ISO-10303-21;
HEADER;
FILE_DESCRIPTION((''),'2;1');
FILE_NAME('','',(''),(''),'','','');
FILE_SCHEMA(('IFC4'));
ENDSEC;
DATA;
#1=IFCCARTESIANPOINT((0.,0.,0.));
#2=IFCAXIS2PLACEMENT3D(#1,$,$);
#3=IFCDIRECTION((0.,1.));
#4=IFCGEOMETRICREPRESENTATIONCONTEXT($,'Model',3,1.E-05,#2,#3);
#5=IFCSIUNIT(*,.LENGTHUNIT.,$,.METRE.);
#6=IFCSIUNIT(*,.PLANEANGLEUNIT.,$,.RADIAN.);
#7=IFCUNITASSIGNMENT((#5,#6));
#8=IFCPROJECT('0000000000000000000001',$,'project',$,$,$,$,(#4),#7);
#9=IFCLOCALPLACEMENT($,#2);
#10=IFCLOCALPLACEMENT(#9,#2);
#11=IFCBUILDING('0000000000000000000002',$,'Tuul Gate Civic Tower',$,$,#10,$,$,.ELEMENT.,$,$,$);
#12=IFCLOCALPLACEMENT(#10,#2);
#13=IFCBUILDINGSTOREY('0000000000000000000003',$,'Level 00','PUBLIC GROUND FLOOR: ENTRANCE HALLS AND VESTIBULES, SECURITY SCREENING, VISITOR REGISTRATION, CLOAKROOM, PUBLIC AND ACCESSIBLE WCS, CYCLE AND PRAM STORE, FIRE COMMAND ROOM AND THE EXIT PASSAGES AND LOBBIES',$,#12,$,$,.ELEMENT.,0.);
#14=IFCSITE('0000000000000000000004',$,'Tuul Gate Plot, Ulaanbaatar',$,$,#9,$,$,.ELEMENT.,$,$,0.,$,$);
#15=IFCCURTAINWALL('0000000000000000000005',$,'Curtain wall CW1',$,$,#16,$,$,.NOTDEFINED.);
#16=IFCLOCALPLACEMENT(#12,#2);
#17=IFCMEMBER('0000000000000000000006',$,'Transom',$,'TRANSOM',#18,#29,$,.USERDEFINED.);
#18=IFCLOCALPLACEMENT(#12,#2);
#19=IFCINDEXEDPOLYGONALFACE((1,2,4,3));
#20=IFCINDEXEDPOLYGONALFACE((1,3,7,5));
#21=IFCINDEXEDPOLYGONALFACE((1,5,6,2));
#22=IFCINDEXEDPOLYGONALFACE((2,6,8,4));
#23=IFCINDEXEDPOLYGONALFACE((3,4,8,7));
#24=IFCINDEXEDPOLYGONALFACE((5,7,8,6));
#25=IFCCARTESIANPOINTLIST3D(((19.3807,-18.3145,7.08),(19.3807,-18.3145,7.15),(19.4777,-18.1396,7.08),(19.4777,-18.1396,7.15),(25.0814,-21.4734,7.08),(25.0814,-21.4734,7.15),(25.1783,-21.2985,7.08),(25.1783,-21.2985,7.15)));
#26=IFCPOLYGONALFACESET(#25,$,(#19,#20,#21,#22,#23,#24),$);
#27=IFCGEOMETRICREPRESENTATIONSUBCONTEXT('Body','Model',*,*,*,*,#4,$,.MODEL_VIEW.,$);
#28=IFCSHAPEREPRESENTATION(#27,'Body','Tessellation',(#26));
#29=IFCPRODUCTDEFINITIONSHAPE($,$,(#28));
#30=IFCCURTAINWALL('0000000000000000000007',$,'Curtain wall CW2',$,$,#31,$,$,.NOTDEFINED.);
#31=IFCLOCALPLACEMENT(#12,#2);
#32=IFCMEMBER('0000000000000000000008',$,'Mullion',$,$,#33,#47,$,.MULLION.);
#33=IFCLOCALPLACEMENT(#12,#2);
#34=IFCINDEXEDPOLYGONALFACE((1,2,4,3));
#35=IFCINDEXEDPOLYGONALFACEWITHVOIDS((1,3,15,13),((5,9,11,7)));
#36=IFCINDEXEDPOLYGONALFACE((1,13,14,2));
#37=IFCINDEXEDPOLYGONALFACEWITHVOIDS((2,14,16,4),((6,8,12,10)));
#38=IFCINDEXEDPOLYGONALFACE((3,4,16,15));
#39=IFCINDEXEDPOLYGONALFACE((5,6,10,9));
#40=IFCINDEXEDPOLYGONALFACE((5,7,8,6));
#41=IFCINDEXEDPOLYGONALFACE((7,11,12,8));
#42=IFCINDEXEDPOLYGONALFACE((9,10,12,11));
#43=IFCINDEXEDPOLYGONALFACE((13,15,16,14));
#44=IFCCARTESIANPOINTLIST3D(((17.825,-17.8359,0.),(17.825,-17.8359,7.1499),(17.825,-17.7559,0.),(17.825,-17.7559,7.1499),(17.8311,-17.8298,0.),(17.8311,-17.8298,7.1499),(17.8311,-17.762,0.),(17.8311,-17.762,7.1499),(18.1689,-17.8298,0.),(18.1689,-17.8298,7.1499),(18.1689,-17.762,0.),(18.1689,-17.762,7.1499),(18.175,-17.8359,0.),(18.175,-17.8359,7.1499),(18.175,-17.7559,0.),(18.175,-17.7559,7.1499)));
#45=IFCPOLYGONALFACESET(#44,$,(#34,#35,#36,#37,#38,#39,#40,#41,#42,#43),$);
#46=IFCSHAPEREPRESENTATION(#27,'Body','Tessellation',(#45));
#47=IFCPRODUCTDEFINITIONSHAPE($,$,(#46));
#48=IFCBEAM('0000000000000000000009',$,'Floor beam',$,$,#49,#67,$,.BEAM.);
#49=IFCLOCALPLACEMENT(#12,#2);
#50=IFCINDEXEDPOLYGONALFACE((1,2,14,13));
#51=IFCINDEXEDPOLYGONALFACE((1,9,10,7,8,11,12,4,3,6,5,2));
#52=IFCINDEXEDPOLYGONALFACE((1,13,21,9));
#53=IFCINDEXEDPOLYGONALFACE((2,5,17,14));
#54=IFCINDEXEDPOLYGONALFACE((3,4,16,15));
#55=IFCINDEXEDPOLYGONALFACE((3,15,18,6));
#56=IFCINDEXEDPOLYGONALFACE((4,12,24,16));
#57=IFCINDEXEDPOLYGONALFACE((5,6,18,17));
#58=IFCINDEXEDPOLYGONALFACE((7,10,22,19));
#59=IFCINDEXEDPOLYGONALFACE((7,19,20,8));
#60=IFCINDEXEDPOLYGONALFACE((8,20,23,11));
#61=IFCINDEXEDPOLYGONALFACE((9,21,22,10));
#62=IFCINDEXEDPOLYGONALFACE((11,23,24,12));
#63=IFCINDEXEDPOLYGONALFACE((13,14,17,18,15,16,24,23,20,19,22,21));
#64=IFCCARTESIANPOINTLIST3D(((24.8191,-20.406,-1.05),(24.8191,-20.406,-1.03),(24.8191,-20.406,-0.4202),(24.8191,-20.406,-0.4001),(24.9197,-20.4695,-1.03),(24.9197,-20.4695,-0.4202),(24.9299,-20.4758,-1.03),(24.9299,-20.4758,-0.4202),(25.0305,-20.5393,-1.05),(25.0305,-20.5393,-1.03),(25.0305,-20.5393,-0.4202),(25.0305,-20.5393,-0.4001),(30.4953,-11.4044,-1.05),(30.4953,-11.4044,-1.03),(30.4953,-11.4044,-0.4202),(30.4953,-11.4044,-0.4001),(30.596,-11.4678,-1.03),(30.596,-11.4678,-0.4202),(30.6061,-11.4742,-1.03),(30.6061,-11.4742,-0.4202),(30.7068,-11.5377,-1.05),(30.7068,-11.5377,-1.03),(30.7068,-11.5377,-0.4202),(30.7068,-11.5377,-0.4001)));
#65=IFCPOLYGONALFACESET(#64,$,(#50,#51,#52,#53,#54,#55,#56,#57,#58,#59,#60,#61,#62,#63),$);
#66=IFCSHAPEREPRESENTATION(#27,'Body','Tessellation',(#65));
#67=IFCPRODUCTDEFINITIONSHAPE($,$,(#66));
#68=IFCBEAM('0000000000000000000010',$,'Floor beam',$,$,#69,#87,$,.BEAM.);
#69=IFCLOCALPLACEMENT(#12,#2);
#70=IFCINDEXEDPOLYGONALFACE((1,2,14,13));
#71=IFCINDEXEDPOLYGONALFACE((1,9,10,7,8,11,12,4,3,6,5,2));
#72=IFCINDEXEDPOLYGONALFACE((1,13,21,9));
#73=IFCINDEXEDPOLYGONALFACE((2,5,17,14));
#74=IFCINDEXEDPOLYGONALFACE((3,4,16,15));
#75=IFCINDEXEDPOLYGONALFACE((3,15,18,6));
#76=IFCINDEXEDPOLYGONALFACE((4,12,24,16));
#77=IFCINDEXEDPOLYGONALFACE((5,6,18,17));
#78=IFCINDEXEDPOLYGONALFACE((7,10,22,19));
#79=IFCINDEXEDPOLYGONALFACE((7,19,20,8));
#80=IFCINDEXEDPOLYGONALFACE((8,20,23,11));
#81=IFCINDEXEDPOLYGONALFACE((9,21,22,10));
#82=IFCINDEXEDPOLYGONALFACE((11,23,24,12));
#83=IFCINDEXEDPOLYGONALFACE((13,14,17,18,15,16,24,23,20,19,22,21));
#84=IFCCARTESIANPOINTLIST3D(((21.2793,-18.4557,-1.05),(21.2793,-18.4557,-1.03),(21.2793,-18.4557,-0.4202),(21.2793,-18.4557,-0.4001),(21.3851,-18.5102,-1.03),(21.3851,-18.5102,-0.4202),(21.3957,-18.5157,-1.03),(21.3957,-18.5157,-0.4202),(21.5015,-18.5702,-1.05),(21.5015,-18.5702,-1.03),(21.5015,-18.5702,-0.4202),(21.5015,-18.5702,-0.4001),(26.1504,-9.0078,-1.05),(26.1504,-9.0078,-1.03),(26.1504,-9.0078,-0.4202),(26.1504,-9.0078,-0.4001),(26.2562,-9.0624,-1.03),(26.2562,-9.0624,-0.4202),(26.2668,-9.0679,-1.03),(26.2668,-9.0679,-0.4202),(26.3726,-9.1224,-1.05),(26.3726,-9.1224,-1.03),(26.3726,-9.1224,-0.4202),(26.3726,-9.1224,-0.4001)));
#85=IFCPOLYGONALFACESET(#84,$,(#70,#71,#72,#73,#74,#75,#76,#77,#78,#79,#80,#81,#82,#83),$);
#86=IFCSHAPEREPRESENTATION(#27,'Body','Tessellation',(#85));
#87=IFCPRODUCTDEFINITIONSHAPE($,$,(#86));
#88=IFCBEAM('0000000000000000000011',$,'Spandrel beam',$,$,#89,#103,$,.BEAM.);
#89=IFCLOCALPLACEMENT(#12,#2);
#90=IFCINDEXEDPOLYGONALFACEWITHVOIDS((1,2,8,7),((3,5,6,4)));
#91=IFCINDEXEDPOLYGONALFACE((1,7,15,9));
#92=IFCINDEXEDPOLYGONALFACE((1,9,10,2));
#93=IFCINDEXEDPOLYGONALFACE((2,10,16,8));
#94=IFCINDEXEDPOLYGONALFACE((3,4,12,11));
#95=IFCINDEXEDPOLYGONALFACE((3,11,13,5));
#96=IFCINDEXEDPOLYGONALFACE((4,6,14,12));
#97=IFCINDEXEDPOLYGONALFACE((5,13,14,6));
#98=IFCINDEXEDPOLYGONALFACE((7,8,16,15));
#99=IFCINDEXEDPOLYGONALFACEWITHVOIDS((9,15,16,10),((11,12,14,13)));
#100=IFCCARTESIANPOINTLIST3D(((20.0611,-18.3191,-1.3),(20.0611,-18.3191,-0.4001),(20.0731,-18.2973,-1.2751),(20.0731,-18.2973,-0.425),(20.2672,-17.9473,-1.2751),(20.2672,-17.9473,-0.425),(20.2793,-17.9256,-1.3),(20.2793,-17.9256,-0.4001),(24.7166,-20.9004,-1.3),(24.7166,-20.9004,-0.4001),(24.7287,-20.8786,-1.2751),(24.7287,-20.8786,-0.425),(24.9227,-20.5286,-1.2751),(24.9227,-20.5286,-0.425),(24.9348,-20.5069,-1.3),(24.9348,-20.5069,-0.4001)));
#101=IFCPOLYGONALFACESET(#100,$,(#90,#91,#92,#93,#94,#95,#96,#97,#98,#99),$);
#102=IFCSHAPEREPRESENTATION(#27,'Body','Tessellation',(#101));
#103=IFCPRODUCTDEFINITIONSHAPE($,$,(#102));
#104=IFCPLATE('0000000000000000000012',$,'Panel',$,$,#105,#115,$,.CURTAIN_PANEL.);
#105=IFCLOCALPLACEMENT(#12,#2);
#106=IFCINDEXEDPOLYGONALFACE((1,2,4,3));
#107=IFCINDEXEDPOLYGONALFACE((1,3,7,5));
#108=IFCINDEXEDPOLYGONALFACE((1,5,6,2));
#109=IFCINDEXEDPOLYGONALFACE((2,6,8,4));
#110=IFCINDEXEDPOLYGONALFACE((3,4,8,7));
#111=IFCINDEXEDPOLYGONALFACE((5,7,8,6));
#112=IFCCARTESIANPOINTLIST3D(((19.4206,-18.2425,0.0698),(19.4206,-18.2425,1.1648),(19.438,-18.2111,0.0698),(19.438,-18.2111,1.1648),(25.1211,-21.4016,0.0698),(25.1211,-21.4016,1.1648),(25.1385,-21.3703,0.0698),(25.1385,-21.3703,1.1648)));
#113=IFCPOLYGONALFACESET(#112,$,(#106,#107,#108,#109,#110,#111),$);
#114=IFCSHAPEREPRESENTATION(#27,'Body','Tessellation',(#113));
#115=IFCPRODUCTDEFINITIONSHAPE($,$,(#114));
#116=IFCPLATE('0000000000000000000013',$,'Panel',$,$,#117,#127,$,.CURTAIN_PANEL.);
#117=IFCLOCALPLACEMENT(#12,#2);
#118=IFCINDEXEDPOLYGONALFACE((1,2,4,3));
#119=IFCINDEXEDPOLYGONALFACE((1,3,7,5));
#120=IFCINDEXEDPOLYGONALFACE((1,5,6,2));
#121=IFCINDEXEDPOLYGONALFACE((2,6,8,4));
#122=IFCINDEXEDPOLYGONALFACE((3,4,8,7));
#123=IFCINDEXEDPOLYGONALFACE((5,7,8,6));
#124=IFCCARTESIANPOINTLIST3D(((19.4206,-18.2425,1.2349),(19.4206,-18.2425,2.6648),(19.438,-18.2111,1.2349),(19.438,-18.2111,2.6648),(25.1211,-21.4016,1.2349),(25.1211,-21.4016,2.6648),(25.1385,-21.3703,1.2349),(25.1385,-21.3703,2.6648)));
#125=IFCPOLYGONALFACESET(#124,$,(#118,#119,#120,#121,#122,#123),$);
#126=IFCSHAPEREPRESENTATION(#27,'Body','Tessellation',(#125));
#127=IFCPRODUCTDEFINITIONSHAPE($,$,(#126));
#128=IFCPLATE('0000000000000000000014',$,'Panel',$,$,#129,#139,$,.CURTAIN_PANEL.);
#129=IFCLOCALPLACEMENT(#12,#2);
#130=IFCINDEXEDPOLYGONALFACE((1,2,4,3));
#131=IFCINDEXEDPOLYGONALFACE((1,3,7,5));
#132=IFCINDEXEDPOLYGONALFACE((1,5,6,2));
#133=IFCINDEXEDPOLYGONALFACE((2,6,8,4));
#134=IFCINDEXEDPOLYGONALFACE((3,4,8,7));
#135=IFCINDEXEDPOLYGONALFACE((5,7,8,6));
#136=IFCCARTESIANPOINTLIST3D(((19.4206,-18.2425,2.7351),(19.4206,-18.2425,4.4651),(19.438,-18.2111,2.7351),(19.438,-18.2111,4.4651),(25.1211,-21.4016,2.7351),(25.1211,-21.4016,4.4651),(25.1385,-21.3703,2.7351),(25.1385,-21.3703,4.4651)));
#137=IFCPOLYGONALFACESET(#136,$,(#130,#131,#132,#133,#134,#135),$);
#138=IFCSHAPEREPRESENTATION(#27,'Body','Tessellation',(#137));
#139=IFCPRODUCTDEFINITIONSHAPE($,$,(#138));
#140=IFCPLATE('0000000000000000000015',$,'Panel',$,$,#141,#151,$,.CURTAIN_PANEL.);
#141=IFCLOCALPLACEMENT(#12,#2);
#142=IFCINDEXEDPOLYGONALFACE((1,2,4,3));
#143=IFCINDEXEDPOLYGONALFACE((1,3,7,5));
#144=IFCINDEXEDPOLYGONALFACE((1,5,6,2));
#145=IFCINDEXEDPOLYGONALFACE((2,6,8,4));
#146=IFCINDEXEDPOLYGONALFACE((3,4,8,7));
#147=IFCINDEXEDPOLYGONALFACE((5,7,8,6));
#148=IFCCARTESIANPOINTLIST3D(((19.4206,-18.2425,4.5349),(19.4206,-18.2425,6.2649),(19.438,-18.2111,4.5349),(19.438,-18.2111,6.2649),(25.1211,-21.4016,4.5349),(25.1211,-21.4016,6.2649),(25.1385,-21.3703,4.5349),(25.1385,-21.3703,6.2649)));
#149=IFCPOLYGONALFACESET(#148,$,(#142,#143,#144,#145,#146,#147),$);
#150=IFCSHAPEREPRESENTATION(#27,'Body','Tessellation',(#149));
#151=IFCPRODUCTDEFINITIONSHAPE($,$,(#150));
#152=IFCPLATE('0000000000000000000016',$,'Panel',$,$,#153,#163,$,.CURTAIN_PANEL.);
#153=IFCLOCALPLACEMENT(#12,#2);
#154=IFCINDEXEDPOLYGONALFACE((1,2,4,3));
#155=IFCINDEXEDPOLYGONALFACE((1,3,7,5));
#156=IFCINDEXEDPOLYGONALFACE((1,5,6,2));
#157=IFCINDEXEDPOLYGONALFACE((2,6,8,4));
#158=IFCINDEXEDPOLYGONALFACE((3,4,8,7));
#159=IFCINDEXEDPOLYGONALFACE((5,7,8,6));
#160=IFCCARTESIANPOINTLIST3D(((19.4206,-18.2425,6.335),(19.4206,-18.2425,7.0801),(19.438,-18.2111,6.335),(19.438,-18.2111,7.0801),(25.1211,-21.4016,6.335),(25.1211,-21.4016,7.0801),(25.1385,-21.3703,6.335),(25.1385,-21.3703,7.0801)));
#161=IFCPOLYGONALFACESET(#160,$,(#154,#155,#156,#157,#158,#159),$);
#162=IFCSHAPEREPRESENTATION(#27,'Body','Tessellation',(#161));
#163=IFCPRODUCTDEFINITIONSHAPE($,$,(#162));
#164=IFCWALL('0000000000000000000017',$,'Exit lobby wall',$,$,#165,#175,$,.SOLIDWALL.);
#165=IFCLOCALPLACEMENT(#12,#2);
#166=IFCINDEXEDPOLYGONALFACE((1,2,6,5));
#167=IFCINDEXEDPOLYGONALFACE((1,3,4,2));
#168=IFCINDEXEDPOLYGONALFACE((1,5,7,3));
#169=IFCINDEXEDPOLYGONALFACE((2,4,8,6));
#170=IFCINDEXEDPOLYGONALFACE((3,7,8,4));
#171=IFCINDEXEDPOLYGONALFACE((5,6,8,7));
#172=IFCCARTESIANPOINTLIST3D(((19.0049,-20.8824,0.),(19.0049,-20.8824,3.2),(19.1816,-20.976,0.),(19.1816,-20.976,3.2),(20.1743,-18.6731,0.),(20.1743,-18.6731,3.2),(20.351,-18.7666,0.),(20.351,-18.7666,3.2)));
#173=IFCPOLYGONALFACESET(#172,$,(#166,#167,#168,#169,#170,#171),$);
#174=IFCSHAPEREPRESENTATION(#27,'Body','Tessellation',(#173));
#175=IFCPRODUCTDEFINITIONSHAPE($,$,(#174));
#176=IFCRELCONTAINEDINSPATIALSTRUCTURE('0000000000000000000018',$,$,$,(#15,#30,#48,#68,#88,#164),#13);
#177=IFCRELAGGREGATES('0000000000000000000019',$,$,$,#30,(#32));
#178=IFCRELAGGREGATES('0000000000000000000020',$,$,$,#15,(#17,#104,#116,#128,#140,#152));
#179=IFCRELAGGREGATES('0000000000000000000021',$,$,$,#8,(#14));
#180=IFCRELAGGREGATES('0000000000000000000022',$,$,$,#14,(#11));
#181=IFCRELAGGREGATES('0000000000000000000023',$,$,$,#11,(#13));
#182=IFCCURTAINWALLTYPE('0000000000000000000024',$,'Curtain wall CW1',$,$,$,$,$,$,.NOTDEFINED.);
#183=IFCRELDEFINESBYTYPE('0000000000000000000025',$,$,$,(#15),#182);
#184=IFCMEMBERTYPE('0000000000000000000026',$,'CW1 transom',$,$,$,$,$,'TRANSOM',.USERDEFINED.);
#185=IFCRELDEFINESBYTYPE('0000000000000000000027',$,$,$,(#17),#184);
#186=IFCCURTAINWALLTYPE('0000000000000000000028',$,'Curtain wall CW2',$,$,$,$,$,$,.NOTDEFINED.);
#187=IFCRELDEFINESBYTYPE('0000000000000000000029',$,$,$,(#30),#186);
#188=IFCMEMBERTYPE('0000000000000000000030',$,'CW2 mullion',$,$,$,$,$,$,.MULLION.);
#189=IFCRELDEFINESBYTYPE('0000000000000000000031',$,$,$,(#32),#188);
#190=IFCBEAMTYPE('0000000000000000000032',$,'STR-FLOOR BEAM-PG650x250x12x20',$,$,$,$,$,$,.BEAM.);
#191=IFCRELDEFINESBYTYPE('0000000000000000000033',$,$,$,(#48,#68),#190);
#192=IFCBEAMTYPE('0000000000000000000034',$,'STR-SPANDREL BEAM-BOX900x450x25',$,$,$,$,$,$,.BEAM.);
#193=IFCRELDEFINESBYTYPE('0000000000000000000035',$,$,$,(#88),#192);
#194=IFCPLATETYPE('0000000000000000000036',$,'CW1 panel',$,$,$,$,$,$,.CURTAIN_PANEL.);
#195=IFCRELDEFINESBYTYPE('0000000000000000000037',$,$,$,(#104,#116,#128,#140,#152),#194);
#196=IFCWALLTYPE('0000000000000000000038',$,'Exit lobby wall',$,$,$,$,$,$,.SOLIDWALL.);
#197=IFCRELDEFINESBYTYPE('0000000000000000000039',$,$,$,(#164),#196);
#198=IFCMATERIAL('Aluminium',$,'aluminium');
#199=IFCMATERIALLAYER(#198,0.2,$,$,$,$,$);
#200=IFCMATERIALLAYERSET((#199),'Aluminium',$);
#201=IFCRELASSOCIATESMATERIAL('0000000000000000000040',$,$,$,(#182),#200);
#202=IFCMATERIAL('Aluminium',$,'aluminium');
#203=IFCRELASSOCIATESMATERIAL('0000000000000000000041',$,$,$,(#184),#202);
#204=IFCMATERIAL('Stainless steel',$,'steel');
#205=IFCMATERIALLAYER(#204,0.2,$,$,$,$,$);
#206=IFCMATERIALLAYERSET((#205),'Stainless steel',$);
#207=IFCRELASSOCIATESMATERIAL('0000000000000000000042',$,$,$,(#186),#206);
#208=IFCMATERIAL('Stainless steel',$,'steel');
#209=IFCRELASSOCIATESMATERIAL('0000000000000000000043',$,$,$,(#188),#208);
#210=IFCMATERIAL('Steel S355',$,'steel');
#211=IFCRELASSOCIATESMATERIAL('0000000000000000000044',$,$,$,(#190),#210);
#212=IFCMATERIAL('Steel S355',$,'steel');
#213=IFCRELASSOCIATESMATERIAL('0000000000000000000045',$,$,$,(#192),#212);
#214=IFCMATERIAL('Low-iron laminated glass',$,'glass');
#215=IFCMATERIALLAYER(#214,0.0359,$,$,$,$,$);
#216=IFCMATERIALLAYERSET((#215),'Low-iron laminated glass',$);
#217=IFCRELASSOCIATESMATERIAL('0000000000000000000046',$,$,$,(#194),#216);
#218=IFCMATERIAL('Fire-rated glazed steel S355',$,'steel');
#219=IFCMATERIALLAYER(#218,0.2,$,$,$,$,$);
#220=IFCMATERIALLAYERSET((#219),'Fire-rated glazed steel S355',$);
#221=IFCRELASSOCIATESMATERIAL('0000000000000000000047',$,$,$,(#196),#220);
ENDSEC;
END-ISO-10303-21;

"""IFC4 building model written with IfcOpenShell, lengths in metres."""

from ifc_helpers import new_model, si_unit, direction, frame, frame_2d, origin, origin_2d, place, context, subcontext, project, spatial, rectangle, hollow_rectangle, i_section, extrude, material, layer, layer_set, material_profile, profile_set, type_object, element, aggregate, save


model = new_model("IFC4")

# Units and contexts
model_context = context("Model", 3, precision=1e-05, world=origin(), true_north=direction((0.0, 1.0)))
body_context = subcontext(model_context, "Body", "Model", "MODEL_VIEW")
ifc_project = project(units=[si_unit("LENGTHUNIT", "METRE"), si_unit("PLANEANGLEUNIT", "RADIAN")], contexts=[model_context])

# Site, building, storey
site_placement = place(None, origin())
site = spatial("IfcSite", under=ifc_project, at=site_placement, Name="Tuul Gate Plot, Ulaanbaatar", CompositionType="ELEMENT", RefElevation=0.0)
building_placement = place(site_placement, origin())
building = spatial("IfcBuilding", under=site, at=building_placement, Name="Tuul Gate Civic Tower", CompositionType="ELEMENT")
storey_placement = place(building_placement, origin())
storey = spatial("IfcBuildingStorey", under=building, at=storey_placement, Name="Level 00", Description="PUBLIC GROUND FLOOR: ENTRANCE HALLS AND VESTIBULES, SECURITY SCREENING, VISITOR REGISTRATION, CLOAKROOM, PUBLIC AND ACCESSIBLE WCS, CYCLE AND PRAM STORE, FIRE COMMAND ROOM AND THE EXIT PASSAGES AND LOBBIES", CompositionType="ELEMENT", Elevation=0.0)

# Curtain wall, member
ifc_material_1 = material(Name="Aluminium", Category="aluminium")
ifc_layer_1 = layer(ifc_material_1, 0.2)
ifc_layer_set_1 = layer_set([ifc_layer_1], Name="Aluminium")
curtain_wall_type_1 = type_object("IfcCurtainWallType", Name="Curtain wall CW1", PredefinedType="NOTDEFINED", material=ifc_layer_set_1)
curtain_wall_1_placement = place(storey_placement, origin())
curtain_wall_1 = element("IfcCurtainWall", 1, at=curtain_wall_1_placement, inside=storey, type_object=curtain_wall_type_1, Name="Curtain wall CW1", PredefinedType="NOTDEFINED")
ifc_material_2 = material(Name="Aluminium", Category="aluminium")
ifc_material_profile_1 = material_profile(ifc_material_2, rectangle(XDim=0.2, YDim=0.0701, at=origin_2d()), Name="CW1 transom")
ifc_profile_set_1 = profile_set([ifc_material_profile_1], Name="Aluminium")
member_type_1 = type_object("IfcMemberType", Name="CW1 transom", ElementType="TRANSOM", PredefinedType="USERDEFINED", material=ifc_profile_set_1)
member_1_placement = place(storey_placement, frame((19.4292, -18.2271, 7.115), z_axis=(0.874685, -0.484692, 0.0), x_axis=(0.484692, 0.874685, 0.0)))
member_1 = element("IfcMember", 2, at=member_1_placement, type_object=member_type_1, Name="Transom", ObjectType="TRANSOM", PredefinedType="USERDEFINED", context=body_context, shape_type="SweptSolid", body=[
    extrude(rectangle(XDim=0.2, YDim=0.0701, at=origin_2d()), origin(), (0.0, 0.0, 1.0), 6.5173),
])

# Curtain wall, member
ifc_material_3 = material(Name="Stainless steel", Category="steel")
ifc_layer_2 = layer(ifc_material_3, 0.2)
ifc_layer_set_2 = layer_set([ifc_layer_2], Name="Stainless steel")
curtain_wall_type_2 = type_object("IfcCurtainWallType", Name="Curtain wall CW2", PredefinedType="NOTDEFINED", material=ifc_layer_set_2)
curtain_wall_2_placement = place(storey_placement, origin())
curtain_wall_2 = element("IfcCurtainWall", 3, at=curtain_wall_2_placement, inside=storey, type_object=curtain_wall_type_2, Name="Curtain wall CW2", PredefinedType="NOTDEFINED")
ifc_material_4 = material(Name="Stainless steel", Category="steel")
ifc_material_profile_2 = material_profile(ifc_material_4, hollow_rectangle(XDim=0.3501, YDim=0.0801, WallThickness=0.0061, at=origin_2d()), Name="CW2 mullion")
ifc_profile_set_2 = profile_set([ifc_material_profile_2], Name="Stainless steel")
member_type_2 = type_object("IfcMemberType", Name="CW2 mullion", PredefinedType="MULLION", material=ifc_profile_set_2)
member_2_placement = place(storey_placement, frame((18.0, -17.7959, 0.0), z_axis=(0.0, 0.0, 1.0), x_axis=(-1.0, 0.0, 0.0)))
member_2 = element("IfcMember", 4, at=member_2_placement, type_object=member_type_2, Name="Mullion", PredefinedType="MULLION", context=body_context, shape_type="SweptSolid", body=[
    extrude(hollow_rectangle(XDim=0.3501, YDim=0.0801, WallThickness=0.0061, at=origin_2d()), origin(), (0.0, 0.0, 1.0), 7.1499),
])
aggregate(curtain_wall_2, [member_2])

# Beams
ifc_material_5 = material(Name="Steel S355", Category="steel")
ifc_material_profile_3 = material_profile(ifc_material_5, i_section(OverallWidth=0.25, OverallDepth=0.6499, WebThickness=0.012, FlangeThickness=0.02, at=origin_2d()), Name="PG650x250x12x20")
ifc_profile_set_3 = profile_set([ifc_material_profile_3], Name="Steel S355")
beam_type_1 = type_object("IfcBeamType", Name="STR-FLOOR BEAM-PG650x250x12x20", PredefinedType="BEAM", material=ifc_profile_set_3)
beam_1_placement = place(storey_placement, frame((24.9248, -20.4727, -0.7251), z_axis=(0.533387, 0.845871, 0.0), x_axis=(-0.845871, 0.533387, 0.0)))
element("IfcBeam", 5, at=beam_1_placement, inside=storey, type_object=beam_type_1, Name="Floor beam", PredefinedType="BEAM", context=body_context, shape_type="SweptSolid", body=[
    extrude(i_section(OverallWidth=0.25, OverallDepth=0.6499, WebThickness=0.012, FlangeThickness=0.02, at=origin_2d()), origin(), (0.0, 0.0, 1.0), 10.6418),
])
beam_2_placement = place(storey_placement, frame((21.3904, -18.5129, -0.7251), z_axis=(0.458259, 0.888819, 0.0), x_axis=(-0.888819, 0.458259, 0.0)))
element("IfcBeam", 6, at=beam_2_placement, inside=storey, type_object=beam_type_1, Name="Floor beam", PredefinedType="BEAM", context=body_context, shape_type="SweptSolid", body=[
    extrude(i_section(OverallWidth=0.25, OverallDepth=0.6499, WebThickness=0.012, FlangeThickness=0.02, at=origin_2d()), origin(), (0.0, 0.0, 1.0), 10.6296),
])
ifc_material_6 = material(Name="Steel S355", Category="steel")
ifc_material_profile_4 = material_profile(ifc_material_6, hollow_rectangle(XDim=0.45, YDim=0.8999, WallThickness=0.0249, at=origin_2d()), Name="BOX900x450x25")
ifc_profile_set_4 = profile_set([ifc_material_profile_4], Name="Steel S355")
beam_type_2 = type_object("IfcBeamType", Name="STR-SPANDREL BEAM-BOX900x450x25", PredefinedType="BEAM", material=ifc_profile_set_4)
beam_3_placement = place(storey_placement, frame((20.1702, -18.1223, -0.8501), z_axis=(0.874564, -0.484911, 0.0), x_axis=(0.484911, 0.874564, 0.0)))
element("IfcBeam", 7, at=beam_3_placement, inside=storey, type_object=beam_type_2, Name="Spandrel beam", PredefinedType="BEAM", context=body_context, shape_type="SweptSolid", body=[
    extrude(hollow_rectangle(XDim=0.45, YDim=0.8999, WallThickness=0.0249, at=origin_2d()), origin(), (0.0, 0.0, 1.0), 5.3232),
])

# Plates
ifc_material_7 = material(Name="Low-iron laminated glass", Category="glass")
ifc_layer_3 = layer(ifc_material_7, 0.0359)
ifc_layer_set_3 = layer_set([ifc_layer_3], Name="Low-iron laminated glass")
plate_type = type_object("IfcPlateType", Name="CW1 panel", PredefinedType="CURTAIN_PANEL", material=ifc_layer_set_3)
plate_1_placement = place(storey_placement, frame((22.2795, -19.8064, 0.0698), z_axis=(0.0, 0.0, 1.0), x_axis=(0.874667, -0.484724, 0.0)))
plate_1 = element("IfcPlate", 8, at=plate_1_placement, type_object=plate_type, Name="Panel", PredefinedType="CURTAIN_PANEL", context=body_context, shape_type="SweptSolid", body=[
    extrude(rectangle(XDim=6.5173, YDim=0.0359, at=origin_2d()), origin(), (0.0, 0.0, 1.0), 1.095),
])
plate_2_placement = place(storey_placement, frame((22.2795, -19.8064, 1.2349), z_axis=(0.0, 0.0, 1.0), x_axis=(0.874667, -0.484724, 0.0)))
plate_2 = element("IfcPlate", 9, at=plate_2_placement, type_object=plate_type, Name="Panel", PredefinedType="CURTAIN_PANEL", context=body_context, shape_type="SweptSolid", body=[
    extrude(rectangle(XDim=6.5173, YDim=0.0359, at=origin_2d()), origin(), (0.0, 0.0, 1.0), 1.4299),
])
plate_3_placement = place(storey_placement, frame((22.2795, -19.8064, 2.7351), z_axis=(0.0, 0.0, 1.0), x_axis=(0.874667, -0.484724, 0.0)))
plate_3 = element("IfcPlate", 10, at=plate_3_placement, type_object=plate_type, Name="Panel", PredefinedType="CURTAIN_PANEL", context=body_context, shape_type="SweptSolid", body=[
    extrude(rectangle(XDim=6.5173, YDim=0.0359, at=origin_2d()), origin(), (0.0, 0.0, 1.0), 1.73),
])
plate_4_placement = place(storey_placement, frame((22.2795, -19.8064, 4.5349), z_axis=(0.0, 0.0, 1.0), x_axis=(0.874667, -0.484724, 0.0)))
plate_4 = element("IfcPlate", 11, at=plate_4_placement, type_object=plate_type, Name="Panel", PredefinedType="CURTAIN_PANEL", context=body_context, shape_type="SweptSolid", body=[
    extrude(rectangle(XDim=6.5173, YDim=0.0359, at=origin_2d()), origin(), (0.0, 0.0, 1.0), 1.73),
])
plate_5_placement = place(storey_placement, frame((22.2795, -19.8064, 6.335), z_axis=(0.0, 0.0, 1.0), x_axis=(0.874667, -0.484724, 0.0)))
plate_5 = element("IfcPlate", 12, at=plate_5_placement, type_object=plate_type, Name="Panel", PredefinedType="CURTAIN_PANEL", context=body_context, shape_type="SweptSolid", body=[
    extrude(rectangle(XDim=6.5173, YDim=0.0359, at=origin_2d()), origin(), (0.0, 0.0, 1.0), 0.7451),
])
aggregate(curtain_wall_1, [member_1, plate_1, plate_2, plate_3, plate_4, plate_5])

# Wall
ifc_material_8 = material(Name="Fire-rated glazed steel S355", Category="steel")
ifc_layer_4 = layer(ifc_material_8, 0.2)
ifc_layer_set_4 = layer_set([ifc_layer_4], Name="Fire-rated glazed steel S355")
wall_type = type_object("IfcWallType", Name="Exit lobby wall", PredefinedType="SOLIDWALL", material=ifc_layer_set_4)
wall_1_placement = place(storey_placement, frame((20.2627, -18.7197, 0.0), z_axis=(0.0, 0.0, 1.0), x_axis=(-0.467798, -0.883835, 0.0)))
element("IfcWall", 13, at=wall_1_placement, inside=storey, type_object=wall_type, Name="Exit lobby wall", PredefinedType="SOLIDWALL", context=body_context, shape_type="SweptSolid", body=[
    extrude(rectangle(XDim=2.4998, YDim=0.2, at=frame_2d((1.25, 0.0))), origin(), (0.0, 0.0, 1.0), 3.2),
])

save(model, "model.ifc")
